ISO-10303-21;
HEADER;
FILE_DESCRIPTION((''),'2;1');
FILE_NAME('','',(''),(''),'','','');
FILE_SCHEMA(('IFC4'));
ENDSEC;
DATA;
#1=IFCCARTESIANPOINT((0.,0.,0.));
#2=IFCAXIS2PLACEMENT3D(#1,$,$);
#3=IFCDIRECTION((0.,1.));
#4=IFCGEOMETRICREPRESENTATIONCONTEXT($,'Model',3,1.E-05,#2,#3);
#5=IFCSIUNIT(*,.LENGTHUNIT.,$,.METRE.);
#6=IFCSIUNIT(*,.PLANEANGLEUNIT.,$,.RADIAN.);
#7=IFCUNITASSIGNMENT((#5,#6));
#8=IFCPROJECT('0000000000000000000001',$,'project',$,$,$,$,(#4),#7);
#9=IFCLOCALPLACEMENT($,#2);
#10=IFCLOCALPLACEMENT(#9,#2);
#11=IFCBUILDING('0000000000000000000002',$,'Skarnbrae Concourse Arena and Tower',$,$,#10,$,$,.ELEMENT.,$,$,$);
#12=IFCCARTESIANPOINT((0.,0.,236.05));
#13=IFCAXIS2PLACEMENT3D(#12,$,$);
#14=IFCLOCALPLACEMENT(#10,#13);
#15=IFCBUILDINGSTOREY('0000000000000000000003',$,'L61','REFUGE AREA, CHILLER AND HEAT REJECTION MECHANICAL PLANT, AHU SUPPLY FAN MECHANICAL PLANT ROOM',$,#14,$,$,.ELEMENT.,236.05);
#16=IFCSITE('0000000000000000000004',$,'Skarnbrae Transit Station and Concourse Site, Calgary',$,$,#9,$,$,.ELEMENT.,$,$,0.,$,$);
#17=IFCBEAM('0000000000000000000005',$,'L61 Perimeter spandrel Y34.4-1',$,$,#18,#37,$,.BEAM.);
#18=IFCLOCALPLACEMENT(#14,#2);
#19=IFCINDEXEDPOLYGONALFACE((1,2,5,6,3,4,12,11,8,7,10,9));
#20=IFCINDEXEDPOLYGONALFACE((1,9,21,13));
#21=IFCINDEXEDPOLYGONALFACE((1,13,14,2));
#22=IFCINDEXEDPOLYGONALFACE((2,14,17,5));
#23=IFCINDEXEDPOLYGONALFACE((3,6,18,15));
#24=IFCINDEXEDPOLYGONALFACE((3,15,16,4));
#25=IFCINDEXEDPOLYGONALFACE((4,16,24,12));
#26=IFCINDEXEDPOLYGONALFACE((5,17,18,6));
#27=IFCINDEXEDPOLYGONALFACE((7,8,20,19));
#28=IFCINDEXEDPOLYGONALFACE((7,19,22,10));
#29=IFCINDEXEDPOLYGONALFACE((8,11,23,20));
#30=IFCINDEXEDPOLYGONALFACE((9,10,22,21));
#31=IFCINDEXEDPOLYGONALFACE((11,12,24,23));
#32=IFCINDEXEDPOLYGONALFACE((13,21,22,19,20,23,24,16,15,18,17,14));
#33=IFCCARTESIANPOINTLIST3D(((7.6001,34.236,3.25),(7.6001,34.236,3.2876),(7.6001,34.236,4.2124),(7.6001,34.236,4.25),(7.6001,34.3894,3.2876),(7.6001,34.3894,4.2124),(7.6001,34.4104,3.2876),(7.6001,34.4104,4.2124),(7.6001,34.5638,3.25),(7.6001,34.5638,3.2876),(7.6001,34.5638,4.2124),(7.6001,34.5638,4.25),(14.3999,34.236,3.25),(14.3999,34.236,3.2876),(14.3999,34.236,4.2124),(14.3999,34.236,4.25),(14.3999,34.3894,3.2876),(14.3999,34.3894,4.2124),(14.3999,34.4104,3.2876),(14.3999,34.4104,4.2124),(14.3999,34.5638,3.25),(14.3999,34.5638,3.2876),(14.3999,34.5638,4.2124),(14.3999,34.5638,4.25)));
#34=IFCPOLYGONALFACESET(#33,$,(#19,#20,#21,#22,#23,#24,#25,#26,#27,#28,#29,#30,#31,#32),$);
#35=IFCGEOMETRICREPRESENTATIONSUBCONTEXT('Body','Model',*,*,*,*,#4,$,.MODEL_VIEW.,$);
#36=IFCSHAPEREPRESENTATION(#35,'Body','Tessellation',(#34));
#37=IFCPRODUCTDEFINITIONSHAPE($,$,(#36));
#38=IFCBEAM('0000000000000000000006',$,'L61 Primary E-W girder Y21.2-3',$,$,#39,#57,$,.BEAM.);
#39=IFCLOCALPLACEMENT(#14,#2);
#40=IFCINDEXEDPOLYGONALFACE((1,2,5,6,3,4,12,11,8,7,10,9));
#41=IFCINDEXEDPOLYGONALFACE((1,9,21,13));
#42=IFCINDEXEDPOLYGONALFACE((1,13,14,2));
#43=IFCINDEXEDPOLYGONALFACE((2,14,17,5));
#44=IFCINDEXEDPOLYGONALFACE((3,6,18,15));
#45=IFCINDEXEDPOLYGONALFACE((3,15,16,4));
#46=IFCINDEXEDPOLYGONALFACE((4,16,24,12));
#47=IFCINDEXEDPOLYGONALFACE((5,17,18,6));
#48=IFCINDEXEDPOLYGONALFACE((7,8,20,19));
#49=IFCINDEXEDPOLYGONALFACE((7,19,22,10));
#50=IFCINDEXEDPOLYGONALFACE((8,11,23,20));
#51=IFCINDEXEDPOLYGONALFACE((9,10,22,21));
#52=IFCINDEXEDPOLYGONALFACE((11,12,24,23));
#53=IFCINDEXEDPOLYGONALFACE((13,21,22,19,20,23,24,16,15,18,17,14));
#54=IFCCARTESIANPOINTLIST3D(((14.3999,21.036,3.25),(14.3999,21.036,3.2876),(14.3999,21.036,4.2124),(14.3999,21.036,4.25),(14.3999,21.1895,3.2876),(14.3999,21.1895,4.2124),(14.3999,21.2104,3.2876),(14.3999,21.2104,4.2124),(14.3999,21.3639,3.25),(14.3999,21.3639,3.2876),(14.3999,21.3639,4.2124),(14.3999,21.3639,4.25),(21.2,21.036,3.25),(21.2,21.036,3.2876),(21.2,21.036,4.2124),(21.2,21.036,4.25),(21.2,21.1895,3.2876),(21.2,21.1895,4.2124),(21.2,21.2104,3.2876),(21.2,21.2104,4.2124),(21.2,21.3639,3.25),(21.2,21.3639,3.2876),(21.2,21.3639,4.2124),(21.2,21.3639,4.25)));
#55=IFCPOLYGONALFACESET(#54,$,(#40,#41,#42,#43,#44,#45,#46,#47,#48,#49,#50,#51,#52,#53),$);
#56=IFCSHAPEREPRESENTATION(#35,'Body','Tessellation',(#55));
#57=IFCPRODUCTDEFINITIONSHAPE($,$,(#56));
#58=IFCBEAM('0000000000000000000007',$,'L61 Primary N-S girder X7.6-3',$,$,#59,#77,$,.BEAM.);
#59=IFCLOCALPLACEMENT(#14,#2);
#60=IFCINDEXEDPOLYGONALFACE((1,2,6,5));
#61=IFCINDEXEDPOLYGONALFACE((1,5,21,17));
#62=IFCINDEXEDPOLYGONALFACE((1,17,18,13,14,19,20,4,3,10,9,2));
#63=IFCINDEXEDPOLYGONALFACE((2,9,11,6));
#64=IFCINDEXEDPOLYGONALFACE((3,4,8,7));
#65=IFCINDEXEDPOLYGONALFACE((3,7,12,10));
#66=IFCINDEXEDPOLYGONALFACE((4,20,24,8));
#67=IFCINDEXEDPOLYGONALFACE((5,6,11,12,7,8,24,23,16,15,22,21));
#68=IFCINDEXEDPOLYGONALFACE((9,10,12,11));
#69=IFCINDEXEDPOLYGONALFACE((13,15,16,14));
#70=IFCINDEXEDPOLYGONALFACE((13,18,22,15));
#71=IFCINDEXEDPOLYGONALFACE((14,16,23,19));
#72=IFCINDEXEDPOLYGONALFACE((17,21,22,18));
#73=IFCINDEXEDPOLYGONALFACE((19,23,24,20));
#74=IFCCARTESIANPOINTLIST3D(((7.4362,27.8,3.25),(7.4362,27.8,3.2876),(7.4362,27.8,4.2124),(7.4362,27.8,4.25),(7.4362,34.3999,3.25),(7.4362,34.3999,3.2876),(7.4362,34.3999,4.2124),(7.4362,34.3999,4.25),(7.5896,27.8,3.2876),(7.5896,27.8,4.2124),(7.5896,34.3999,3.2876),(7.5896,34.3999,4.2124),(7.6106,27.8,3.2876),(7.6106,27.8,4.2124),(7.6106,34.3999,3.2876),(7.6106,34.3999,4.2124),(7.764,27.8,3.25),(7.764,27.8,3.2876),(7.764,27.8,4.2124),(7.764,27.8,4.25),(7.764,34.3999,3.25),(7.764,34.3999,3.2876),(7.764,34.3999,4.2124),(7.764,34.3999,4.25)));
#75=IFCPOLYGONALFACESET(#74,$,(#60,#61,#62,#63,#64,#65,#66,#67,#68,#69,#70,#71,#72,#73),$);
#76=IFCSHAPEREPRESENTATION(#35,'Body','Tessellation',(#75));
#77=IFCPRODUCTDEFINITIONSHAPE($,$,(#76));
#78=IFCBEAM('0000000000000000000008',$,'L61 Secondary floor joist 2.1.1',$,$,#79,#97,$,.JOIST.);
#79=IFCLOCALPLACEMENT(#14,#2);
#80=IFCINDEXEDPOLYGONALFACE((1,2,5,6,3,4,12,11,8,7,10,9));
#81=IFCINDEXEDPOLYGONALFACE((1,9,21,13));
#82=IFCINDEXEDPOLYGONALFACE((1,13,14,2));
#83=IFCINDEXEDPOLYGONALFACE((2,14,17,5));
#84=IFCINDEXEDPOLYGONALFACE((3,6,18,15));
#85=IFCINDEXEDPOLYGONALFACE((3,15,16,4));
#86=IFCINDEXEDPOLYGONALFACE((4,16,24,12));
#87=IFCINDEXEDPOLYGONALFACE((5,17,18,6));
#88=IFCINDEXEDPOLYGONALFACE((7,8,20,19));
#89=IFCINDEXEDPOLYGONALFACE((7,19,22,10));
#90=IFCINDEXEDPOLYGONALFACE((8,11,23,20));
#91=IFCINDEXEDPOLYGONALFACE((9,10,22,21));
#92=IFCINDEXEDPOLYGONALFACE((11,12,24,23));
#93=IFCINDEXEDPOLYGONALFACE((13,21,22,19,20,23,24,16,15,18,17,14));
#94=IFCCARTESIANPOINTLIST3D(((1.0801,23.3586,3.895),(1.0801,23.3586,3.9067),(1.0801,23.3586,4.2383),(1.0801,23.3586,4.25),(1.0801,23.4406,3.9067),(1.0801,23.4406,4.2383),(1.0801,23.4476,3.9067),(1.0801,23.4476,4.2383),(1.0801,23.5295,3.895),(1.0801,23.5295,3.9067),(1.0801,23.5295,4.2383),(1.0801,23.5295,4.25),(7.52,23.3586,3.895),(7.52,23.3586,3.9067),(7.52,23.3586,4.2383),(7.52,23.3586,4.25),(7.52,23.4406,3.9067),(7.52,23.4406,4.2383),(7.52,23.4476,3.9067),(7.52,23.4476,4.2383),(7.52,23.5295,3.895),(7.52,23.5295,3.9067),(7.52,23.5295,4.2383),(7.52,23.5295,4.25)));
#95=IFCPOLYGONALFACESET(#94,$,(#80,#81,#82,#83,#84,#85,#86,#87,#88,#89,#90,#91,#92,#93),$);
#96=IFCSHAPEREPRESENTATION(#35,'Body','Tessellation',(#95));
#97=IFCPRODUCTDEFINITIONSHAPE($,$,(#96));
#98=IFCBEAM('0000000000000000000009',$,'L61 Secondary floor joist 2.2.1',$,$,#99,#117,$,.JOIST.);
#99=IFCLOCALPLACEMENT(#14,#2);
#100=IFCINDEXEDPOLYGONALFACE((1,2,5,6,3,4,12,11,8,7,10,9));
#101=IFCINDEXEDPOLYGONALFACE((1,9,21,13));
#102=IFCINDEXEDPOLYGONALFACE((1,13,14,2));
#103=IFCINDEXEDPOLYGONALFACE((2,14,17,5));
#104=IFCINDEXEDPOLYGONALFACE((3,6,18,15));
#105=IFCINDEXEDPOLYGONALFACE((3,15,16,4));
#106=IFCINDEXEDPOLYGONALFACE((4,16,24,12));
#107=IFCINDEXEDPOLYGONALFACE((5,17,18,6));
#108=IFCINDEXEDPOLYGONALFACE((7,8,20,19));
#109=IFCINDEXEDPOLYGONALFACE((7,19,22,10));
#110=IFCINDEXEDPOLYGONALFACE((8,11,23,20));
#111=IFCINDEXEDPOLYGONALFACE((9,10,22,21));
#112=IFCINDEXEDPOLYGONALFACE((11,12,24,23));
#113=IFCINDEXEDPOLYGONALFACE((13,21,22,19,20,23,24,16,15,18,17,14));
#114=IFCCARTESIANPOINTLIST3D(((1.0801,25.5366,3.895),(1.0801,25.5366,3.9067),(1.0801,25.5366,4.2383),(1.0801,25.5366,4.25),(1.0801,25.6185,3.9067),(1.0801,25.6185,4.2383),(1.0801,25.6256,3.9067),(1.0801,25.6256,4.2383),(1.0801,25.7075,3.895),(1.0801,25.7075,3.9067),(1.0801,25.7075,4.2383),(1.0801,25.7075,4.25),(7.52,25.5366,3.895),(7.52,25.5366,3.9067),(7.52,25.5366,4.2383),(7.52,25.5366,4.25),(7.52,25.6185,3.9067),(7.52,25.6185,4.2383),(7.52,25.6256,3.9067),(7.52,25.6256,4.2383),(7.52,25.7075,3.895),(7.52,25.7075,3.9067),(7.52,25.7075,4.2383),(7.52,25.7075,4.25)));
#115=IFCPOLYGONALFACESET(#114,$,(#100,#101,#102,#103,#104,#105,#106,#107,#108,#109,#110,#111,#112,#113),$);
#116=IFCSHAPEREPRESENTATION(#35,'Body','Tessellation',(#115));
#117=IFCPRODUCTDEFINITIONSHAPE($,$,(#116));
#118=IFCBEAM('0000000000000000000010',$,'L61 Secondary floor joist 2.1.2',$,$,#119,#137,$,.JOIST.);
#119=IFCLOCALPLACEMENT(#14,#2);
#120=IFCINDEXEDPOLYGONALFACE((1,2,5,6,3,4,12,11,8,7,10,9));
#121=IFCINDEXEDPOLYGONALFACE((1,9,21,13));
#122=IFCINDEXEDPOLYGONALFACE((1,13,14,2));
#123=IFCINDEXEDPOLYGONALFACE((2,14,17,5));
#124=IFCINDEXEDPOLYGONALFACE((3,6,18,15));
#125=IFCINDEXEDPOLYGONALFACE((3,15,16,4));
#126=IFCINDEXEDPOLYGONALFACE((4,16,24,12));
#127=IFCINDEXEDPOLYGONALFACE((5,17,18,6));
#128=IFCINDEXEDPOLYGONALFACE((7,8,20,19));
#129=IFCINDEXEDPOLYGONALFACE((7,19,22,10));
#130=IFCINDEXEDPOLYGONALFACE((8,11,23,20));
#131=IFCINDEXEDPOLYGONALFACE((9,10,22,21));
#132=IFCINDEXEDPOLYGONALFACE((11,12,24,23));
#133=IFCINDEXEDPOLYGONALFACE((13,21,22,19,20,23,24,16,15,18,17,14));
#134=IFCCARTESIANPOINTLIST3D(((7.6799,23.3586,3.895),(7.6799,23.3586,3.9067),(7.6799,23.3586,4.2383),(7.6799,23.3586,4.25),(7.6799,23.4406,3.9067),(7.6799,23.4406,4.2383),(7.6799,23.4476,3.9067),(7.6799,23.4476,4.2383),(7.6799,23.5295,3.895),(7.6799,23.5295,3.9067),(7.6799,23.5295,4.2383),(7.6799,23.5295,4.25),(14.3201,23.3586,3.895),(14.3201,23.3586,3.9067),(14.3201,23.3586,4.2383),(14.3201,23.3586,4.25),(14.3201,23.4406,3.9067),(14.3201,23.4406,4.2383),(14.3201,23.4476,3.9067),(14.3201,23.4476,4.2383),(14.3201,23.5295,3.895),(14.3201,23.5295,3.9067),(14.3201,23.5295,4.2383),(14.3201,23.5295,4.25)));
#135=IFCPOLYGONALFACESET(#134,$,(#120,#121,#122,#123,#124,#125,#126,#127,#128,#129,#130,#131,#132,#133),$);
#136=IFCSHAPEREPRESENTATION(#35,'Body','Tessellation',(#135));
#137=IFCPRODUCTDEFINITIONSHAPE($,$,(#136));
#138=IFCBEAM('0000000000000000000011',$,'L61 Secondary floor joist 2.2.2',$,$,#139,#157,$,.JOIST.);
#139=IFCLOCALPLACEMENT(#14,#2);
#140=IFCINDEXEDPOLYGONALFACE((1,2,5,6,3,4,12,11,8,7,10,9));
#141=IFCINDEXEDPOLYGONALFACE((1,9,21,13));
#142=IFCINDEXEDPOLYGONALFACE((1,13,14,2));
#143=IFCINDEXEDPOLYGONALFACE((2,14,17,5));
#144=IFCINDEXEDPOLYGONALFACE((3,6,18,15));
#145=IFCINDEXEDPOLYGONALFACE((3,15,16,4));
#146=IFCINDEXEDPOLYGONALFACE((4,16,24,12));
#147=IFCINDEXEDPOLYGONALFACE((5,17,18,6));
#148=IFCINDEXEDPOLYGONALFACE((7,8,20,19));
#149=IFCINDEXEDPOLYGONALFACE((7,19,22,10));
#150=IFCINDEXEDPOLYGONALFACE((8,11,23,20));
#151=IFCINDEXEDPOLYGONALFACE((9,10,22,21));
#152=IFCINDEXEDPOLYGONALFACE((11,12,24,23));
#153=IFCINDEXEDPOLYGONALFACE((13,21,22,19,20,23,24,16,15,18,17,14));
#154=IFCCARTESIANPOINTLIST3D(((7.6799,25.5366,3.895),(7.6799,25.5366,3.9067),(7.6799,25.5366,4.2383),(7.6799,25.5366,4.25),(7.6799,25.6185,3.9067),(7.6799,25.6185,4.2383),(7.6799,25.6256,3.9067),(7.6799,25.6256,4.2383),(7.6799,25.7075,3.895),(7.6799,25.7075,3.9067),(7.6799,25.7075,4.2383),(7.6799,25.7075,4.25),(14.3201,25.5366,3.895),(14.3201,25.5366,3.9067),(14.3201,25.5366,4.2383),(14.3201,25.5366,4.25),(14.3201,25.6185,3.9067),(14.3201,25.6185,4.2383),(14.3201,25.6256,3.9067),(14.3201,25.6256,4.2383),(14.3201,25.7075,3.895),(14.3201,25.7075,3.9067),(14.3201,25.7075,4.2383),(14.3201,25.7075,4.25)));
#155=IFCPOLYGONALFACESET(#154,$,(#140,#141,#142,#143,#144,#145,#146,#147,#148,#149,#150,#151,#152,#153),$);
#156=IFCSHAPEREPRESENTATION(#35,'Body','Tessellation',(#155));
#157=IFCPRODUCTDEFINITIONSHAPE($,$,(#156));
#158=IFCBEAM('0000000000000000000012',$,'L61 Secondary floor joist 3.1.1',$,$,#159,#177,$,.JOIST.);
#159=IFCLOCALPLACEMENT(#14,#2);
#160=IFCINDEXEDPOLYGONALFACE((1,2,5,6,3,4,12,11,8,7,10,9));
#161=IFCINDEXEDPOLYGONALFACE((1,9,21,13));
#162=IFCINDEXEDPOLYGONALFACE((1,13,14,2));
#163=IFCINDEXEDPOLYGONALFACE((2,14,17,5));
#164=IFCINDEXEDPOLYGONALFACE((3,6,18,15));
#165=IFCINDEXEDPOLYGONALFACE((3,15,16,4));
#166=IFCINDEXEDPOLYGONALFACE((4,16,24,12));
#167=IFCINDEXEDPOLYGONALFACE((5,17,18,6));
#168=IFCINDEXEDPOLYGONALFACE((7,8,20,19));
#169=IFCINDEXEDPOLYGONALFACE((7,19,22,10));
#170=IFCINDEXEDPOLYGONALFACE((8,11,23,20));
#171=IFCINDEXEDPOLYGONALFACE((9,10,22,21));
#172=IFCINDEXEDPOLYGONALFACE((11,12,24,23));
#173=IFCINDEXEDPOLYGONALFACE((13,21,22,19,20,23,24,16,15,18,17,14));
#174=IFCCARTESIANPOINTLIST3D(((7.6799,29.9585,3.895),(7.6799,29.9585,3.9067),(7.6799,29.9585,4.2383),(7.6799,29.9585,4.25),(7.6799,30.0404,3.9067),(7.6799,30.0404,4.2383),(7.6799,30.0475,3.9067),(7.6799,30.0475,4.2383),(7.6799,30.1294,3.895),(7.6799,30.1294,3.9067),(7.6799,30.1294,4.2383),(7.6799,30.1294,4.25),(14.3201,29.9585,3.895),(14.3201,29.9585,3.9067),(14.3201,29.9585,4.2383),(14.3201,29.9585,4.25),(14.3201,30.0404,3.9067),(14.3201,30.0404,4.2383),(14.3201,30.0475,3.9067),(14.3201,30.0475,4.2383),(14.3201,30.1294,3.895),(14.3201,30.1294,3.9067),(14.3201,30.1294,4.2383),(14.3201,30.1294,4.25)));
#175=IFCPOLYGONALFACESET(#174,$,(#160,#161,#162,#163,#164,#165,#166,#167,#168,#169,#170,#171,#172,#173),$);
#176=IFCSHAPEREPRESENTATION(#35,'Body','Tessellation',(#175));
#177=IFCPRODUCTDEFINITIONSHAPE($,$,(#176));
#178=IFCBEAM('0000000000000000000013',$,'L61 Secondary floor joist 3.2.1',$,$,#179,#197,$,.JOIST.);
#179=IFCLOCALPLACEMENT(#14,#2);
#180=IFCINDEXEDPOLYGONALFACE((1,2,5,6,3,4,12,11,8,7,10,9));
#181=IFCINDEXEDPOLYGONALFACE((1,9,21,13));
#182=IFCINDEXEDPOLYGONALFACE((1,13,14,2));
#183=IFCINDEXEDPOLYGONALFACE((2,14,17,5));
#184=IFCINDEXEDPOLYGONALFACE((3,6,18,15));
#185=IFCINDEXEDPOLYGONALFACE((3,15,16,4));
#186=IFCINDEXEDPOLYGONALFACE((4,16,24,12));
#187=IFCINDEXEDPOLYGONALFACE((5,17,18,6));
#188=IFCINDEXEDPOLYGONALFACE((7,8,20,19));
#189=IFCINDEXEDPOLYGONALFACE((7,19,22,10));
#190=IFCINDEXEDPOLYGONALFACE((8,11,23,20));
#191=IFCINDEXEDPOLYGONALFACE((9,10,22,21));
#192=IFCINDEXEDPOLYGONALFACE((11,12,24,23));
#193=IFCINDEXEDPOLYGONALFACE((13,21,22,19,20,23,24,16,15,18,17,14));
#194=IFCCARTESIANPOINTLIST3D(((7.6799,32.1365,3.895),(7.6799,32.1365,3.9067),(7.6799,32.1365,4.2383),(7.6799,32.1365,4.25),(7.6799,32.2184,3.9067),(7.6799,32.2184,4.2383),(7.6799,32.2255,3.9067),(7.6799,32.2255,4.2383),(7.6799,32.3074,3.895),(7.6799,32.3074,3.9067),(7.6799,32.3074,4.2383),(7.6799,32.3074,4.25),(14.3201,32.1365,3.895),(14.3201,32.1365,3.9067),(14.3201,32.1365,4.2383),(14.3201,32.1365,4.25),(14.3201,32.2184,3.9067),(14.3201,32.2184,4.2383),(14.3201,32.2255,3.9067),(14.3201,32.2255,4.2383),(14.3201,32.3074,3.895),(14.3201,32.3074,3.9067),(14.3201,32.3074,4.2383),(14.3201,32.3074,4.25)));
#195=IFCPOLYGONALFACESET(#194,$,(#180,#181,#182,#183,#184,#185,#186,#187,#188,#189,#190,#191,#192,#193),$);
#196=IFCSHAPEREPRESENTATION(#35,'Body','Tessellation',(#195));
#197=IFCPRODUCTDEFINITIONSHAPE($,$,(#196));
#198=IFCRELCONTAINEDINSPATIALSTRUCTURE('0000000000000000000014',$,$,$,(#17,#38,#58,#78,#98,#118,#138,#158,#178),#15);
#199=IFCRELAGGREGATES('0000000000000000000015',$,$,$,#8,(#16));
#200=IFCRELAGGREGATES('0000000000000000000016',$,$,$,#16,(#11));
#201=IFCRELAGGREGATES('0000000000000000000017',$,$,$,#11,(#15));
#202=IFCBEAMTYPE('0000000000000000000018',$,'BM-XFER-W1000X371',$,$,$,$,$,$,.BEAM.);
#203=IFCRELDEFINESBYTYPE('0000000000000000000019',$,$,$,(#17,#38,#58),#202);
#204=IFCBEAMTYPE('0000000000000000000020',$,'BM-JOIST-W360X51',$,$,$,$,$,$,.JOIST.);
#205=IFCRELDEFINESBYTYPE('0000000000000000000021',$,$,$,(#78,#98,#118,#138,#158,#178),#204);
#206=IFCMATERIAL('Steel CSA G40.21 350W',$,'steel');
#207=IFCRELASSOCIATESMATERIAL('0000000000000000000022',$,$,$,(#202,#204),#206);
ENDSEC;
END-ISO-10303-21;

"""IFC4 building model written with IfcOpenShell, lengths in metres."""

from ifc_helpers import new_model, si_unit, direction, frame, origin, origin_2d, place, context, subcontext, project, spatial, i_section, extrude, source, transform, mapped, material, material_profile, profile_set, type_object, element, save


model = new_model("IFC4")

# Units and contexts
model_context = context("Model", 3, precision=1e-05, world=origin(), true_north=direction((0.0, 1.0)))
body_context = subcontext(model_context, "Body", "Model", "MODEL_VIEW")
ifc_project = project(units=[si_unit("LENGTHUNIT", "METRE"), si_unit("PLANEANGLEUNIT", "RADIAN")], contexts=[model_context])

# Site, building, storey
site_placement = place(None, origin())
site = spatial("IfcSite", under=ifc_project, at=site_placement, Name="Skarnbrae Transit Station and Concourse Site, Calgary", CompositionType="ELEMENT", RefElevation=0.0)
building_placement = place(site_placement, origin())
building = spatial("IfcBuilding", under=site, at=building_placement, Name="Skarnbrae Concourse Arena and Tower", CompositionType="ELEMENT")
storey_placement = place(building_placement, frame((0.0, 0.0, 236.05)))
storey = spatial("IfcBuildingStorey", under=building, at=storey_placement, Name="L61", Description="REFUGE AREA, CHILLER AND HEAT REJECTION MECHANICAL PLANT, AHU SUPPLY FAN MECHANICAL PLANT ROOM", CompositionType="ELEMENT", Elevation=236.05)

# Shared definitions
ifc_material_1 = material(Name="Steel CSA G40.21 350W", Category="steel")

# Beams
ifc_material_profile_1 = material_profile(ifc_material_1, i_section(OverallWidth=0.3279, OverallDepth=1.0, WebThickness=0.021, FlangeThickness=0.0376, at=origin_2d()), Name="W1000X371")
ifc_profile_set_1 = profile_set([ifc_material_profile_1], Name="Steel CSA G40.21 350W")
beam_type_1 = type_object("IfcBeamType", Name="BM-XFER-W1000X371", PredefinedType="BEAM", material=ifc_profile_set_1)
shared_shape_1 = source(origin(), body_context, "Body", "SweptSolid", [
    extrude(i_section(OverallWidth=0.3279, OverallDepth=1.0, WebThickness=0.021, FlangeThickness=0.0376, at=origin_2d()), origin(), (0.0, 0.0, 1.0), 6.7998),
])
for number, where, z_axis, x_axis, name in (
    (1, (7.6001, 34.3999, 3.75), (1.0, 0.0, 0.0), (0.0, 1.0, 0.0), "L61 Perimeter spandrel Y34.4-1"),
):
    element("IfcBeam", number, at=place(storey_placement, frame(where, z_axis=z_axis, x_axis=x_axis)), inside=storey, type_object=beam_type_1, Name=name, PredefinedType="BEAM", context=body_context, shape_type="MappedRepresentation", body=[
        mapped(shared_shape_1, transform((0.0, 0.0, 0.0))),
    ])
shared_shape_2 = source(origin(), body_context, "Body", "SweptSolid", [
    extrude(i_section(OverallWidth=0.3279, OverallDepth=1.0, WebThickness=0.021, FlangeThickness=0.0376, at=origin_2d()), origin(), (0.0, 0.0, 1.0), 6.8),
])
beam_1_placement = place(storey_placement, frame((14.3999, 21.2, 3.75), z_axis=(1.0, 0.0, 0.0), x_axis=(0.0, 1.0, 0.0)))
element("IfcBeam", 2, at=beam_1_placement, inside=storey, type_object=beam_type_1, Name="L61 Primary E-W girder Y21.2-3", PredefinedType="BEAM", context=body_context, shape_type="MappedRepresentation", body=[
    mapped(shared_shape_2, transform((0.0, 0.0, 0.0))),
])
shared_shape_3 = source(origin(), body_context, "Body", "SweptSolid", [
    extrude(i_section(OverallWidth=0.3279, OverallDepth=1.0, WebThickness=0.021, FlangeThickness=0.0376, at=origin_2d()), origin(), (0.0, 0.0, 1.0), 6.5999),
])
beam_2_placement = place(storey_placement, frame((7.6001, 27.8, 3.75), z_axis=(0.0, 1.0, 0.0), x_axis=(-1.0, 0.0, 0.0)))
element("IfcBeam", 3, at=beam_2_placement, inside=storey, type_object=beam_type_1, Name="L61 Primary N-S girder X7.6-3", PredefinedType="BEAM", context=body_context, shape_type="MappedRepresentation", body=[
    mapped(shared_shape_3, transform((0.0, 0.0, 0.0))),
])
ifc_material_profile_2 = material_profile(ifc_material_1, i_section(OverallWidth=0.1709, OverallDepth=0.355, WebThickness=0.0071, FlangeThickness=0.0117, at=origin_2d()), Name="W360X51")
ifc_profile_set_2 = profile_set([ifc_material_profile_2], Name="Steel CSA G40.21 350W")
beam_type_2 = type_object("IfcBeamType", Name="BM-JOIST-W360X51", PredefinedType="JOIST", material=ifc_profile_set_2)
shared_shape_4 = source(origin(), body_context, "Body", "SweptSolid", [
    extrude(i_section(OverallWidth=0.1709, OverallDepth=0.355, WebThickness=0.0071, FlangeThickness=0.0117, at=origin_2d()), origin(), (0.0, 0.0, 1.0), 6.4399),
])
for number, where, z_axis, x_axis, name in (
    (4, (1.0801, 23.4441, 4.0725), (1.0, 0.0, 0.0), (0.0, 1.0, 0.0), "L61 Secondary floor joist 2.1.1"),
    (5, (1.0801, 25.6221, 4.0725), (1.0, 0.0, 0.0), (0.0, 1.0, 0.0), "L61 Secondary floor joist 2.2.1"),
):
    element("IfcBeam", number, at=place(storey_placement, frame(where, z_axis=z_axis, x_axis=x_axis)), inside=storey, type_object=beam_type_2, Name=name, PredefinedType="JOIST", context=body_context, shape_type="MappedRepresentation", body=[
        mapped(shared_shape_4, transform((0.0, 0.0, 0.0))),
    ])
shared_shape_5 = source(origin(), body_context, "Body", "SweptSolid", [
    extrude(i_section(OverallWidth=0.1709, OverallDepth=0.355, WebThickness=0.0071, FlangeThickness=0.0117, at=origin_2d()), origin(), (0.0, 0.0, 1.0), 6.6401),
])
for number, where, z_axis, x_axis, name in (
    (6, (7.6799, 23.4441, 4.0725), (1.0, 0.0, 0.0), (0.0, 1.0, 0.0), "L61 Secondary floor joist 2.1.2"),
    (7, (7.6799, 25.6221, 4.0725), (1.0, 0.0, 0.0), (0.0, 1.0, 0.0), "L61 Secondary floor joist 2.2.2"),
    (8, (7.6799, 30.0439, 4.0725), (1.0, 0.0, 0.0), (0.0, 1.0, 0.0), "L61 Secondary floor joist 3.1.1"),
    (9, (7.6799, 32.2219, 4.0725), (1.0, 0.0, 0.0), (0.0, 1.0, 0.0), "L61 Secondary floor joist 3.2.1"),
):
    element("IfcBeam", number, at=place(storey_placement, frame(where, z_axis=z_axis, x_axis=x_axis)), inside=storey, type_object=beam_type_2, Name=name, PredefinedType="JOIST", context=body_context, shape_type="MappedRepresentation", body=[
        mapped(shared_shape_5, transform((0.0, 0.0, 0.0))),
    ])

save(model, "model.ifc")
